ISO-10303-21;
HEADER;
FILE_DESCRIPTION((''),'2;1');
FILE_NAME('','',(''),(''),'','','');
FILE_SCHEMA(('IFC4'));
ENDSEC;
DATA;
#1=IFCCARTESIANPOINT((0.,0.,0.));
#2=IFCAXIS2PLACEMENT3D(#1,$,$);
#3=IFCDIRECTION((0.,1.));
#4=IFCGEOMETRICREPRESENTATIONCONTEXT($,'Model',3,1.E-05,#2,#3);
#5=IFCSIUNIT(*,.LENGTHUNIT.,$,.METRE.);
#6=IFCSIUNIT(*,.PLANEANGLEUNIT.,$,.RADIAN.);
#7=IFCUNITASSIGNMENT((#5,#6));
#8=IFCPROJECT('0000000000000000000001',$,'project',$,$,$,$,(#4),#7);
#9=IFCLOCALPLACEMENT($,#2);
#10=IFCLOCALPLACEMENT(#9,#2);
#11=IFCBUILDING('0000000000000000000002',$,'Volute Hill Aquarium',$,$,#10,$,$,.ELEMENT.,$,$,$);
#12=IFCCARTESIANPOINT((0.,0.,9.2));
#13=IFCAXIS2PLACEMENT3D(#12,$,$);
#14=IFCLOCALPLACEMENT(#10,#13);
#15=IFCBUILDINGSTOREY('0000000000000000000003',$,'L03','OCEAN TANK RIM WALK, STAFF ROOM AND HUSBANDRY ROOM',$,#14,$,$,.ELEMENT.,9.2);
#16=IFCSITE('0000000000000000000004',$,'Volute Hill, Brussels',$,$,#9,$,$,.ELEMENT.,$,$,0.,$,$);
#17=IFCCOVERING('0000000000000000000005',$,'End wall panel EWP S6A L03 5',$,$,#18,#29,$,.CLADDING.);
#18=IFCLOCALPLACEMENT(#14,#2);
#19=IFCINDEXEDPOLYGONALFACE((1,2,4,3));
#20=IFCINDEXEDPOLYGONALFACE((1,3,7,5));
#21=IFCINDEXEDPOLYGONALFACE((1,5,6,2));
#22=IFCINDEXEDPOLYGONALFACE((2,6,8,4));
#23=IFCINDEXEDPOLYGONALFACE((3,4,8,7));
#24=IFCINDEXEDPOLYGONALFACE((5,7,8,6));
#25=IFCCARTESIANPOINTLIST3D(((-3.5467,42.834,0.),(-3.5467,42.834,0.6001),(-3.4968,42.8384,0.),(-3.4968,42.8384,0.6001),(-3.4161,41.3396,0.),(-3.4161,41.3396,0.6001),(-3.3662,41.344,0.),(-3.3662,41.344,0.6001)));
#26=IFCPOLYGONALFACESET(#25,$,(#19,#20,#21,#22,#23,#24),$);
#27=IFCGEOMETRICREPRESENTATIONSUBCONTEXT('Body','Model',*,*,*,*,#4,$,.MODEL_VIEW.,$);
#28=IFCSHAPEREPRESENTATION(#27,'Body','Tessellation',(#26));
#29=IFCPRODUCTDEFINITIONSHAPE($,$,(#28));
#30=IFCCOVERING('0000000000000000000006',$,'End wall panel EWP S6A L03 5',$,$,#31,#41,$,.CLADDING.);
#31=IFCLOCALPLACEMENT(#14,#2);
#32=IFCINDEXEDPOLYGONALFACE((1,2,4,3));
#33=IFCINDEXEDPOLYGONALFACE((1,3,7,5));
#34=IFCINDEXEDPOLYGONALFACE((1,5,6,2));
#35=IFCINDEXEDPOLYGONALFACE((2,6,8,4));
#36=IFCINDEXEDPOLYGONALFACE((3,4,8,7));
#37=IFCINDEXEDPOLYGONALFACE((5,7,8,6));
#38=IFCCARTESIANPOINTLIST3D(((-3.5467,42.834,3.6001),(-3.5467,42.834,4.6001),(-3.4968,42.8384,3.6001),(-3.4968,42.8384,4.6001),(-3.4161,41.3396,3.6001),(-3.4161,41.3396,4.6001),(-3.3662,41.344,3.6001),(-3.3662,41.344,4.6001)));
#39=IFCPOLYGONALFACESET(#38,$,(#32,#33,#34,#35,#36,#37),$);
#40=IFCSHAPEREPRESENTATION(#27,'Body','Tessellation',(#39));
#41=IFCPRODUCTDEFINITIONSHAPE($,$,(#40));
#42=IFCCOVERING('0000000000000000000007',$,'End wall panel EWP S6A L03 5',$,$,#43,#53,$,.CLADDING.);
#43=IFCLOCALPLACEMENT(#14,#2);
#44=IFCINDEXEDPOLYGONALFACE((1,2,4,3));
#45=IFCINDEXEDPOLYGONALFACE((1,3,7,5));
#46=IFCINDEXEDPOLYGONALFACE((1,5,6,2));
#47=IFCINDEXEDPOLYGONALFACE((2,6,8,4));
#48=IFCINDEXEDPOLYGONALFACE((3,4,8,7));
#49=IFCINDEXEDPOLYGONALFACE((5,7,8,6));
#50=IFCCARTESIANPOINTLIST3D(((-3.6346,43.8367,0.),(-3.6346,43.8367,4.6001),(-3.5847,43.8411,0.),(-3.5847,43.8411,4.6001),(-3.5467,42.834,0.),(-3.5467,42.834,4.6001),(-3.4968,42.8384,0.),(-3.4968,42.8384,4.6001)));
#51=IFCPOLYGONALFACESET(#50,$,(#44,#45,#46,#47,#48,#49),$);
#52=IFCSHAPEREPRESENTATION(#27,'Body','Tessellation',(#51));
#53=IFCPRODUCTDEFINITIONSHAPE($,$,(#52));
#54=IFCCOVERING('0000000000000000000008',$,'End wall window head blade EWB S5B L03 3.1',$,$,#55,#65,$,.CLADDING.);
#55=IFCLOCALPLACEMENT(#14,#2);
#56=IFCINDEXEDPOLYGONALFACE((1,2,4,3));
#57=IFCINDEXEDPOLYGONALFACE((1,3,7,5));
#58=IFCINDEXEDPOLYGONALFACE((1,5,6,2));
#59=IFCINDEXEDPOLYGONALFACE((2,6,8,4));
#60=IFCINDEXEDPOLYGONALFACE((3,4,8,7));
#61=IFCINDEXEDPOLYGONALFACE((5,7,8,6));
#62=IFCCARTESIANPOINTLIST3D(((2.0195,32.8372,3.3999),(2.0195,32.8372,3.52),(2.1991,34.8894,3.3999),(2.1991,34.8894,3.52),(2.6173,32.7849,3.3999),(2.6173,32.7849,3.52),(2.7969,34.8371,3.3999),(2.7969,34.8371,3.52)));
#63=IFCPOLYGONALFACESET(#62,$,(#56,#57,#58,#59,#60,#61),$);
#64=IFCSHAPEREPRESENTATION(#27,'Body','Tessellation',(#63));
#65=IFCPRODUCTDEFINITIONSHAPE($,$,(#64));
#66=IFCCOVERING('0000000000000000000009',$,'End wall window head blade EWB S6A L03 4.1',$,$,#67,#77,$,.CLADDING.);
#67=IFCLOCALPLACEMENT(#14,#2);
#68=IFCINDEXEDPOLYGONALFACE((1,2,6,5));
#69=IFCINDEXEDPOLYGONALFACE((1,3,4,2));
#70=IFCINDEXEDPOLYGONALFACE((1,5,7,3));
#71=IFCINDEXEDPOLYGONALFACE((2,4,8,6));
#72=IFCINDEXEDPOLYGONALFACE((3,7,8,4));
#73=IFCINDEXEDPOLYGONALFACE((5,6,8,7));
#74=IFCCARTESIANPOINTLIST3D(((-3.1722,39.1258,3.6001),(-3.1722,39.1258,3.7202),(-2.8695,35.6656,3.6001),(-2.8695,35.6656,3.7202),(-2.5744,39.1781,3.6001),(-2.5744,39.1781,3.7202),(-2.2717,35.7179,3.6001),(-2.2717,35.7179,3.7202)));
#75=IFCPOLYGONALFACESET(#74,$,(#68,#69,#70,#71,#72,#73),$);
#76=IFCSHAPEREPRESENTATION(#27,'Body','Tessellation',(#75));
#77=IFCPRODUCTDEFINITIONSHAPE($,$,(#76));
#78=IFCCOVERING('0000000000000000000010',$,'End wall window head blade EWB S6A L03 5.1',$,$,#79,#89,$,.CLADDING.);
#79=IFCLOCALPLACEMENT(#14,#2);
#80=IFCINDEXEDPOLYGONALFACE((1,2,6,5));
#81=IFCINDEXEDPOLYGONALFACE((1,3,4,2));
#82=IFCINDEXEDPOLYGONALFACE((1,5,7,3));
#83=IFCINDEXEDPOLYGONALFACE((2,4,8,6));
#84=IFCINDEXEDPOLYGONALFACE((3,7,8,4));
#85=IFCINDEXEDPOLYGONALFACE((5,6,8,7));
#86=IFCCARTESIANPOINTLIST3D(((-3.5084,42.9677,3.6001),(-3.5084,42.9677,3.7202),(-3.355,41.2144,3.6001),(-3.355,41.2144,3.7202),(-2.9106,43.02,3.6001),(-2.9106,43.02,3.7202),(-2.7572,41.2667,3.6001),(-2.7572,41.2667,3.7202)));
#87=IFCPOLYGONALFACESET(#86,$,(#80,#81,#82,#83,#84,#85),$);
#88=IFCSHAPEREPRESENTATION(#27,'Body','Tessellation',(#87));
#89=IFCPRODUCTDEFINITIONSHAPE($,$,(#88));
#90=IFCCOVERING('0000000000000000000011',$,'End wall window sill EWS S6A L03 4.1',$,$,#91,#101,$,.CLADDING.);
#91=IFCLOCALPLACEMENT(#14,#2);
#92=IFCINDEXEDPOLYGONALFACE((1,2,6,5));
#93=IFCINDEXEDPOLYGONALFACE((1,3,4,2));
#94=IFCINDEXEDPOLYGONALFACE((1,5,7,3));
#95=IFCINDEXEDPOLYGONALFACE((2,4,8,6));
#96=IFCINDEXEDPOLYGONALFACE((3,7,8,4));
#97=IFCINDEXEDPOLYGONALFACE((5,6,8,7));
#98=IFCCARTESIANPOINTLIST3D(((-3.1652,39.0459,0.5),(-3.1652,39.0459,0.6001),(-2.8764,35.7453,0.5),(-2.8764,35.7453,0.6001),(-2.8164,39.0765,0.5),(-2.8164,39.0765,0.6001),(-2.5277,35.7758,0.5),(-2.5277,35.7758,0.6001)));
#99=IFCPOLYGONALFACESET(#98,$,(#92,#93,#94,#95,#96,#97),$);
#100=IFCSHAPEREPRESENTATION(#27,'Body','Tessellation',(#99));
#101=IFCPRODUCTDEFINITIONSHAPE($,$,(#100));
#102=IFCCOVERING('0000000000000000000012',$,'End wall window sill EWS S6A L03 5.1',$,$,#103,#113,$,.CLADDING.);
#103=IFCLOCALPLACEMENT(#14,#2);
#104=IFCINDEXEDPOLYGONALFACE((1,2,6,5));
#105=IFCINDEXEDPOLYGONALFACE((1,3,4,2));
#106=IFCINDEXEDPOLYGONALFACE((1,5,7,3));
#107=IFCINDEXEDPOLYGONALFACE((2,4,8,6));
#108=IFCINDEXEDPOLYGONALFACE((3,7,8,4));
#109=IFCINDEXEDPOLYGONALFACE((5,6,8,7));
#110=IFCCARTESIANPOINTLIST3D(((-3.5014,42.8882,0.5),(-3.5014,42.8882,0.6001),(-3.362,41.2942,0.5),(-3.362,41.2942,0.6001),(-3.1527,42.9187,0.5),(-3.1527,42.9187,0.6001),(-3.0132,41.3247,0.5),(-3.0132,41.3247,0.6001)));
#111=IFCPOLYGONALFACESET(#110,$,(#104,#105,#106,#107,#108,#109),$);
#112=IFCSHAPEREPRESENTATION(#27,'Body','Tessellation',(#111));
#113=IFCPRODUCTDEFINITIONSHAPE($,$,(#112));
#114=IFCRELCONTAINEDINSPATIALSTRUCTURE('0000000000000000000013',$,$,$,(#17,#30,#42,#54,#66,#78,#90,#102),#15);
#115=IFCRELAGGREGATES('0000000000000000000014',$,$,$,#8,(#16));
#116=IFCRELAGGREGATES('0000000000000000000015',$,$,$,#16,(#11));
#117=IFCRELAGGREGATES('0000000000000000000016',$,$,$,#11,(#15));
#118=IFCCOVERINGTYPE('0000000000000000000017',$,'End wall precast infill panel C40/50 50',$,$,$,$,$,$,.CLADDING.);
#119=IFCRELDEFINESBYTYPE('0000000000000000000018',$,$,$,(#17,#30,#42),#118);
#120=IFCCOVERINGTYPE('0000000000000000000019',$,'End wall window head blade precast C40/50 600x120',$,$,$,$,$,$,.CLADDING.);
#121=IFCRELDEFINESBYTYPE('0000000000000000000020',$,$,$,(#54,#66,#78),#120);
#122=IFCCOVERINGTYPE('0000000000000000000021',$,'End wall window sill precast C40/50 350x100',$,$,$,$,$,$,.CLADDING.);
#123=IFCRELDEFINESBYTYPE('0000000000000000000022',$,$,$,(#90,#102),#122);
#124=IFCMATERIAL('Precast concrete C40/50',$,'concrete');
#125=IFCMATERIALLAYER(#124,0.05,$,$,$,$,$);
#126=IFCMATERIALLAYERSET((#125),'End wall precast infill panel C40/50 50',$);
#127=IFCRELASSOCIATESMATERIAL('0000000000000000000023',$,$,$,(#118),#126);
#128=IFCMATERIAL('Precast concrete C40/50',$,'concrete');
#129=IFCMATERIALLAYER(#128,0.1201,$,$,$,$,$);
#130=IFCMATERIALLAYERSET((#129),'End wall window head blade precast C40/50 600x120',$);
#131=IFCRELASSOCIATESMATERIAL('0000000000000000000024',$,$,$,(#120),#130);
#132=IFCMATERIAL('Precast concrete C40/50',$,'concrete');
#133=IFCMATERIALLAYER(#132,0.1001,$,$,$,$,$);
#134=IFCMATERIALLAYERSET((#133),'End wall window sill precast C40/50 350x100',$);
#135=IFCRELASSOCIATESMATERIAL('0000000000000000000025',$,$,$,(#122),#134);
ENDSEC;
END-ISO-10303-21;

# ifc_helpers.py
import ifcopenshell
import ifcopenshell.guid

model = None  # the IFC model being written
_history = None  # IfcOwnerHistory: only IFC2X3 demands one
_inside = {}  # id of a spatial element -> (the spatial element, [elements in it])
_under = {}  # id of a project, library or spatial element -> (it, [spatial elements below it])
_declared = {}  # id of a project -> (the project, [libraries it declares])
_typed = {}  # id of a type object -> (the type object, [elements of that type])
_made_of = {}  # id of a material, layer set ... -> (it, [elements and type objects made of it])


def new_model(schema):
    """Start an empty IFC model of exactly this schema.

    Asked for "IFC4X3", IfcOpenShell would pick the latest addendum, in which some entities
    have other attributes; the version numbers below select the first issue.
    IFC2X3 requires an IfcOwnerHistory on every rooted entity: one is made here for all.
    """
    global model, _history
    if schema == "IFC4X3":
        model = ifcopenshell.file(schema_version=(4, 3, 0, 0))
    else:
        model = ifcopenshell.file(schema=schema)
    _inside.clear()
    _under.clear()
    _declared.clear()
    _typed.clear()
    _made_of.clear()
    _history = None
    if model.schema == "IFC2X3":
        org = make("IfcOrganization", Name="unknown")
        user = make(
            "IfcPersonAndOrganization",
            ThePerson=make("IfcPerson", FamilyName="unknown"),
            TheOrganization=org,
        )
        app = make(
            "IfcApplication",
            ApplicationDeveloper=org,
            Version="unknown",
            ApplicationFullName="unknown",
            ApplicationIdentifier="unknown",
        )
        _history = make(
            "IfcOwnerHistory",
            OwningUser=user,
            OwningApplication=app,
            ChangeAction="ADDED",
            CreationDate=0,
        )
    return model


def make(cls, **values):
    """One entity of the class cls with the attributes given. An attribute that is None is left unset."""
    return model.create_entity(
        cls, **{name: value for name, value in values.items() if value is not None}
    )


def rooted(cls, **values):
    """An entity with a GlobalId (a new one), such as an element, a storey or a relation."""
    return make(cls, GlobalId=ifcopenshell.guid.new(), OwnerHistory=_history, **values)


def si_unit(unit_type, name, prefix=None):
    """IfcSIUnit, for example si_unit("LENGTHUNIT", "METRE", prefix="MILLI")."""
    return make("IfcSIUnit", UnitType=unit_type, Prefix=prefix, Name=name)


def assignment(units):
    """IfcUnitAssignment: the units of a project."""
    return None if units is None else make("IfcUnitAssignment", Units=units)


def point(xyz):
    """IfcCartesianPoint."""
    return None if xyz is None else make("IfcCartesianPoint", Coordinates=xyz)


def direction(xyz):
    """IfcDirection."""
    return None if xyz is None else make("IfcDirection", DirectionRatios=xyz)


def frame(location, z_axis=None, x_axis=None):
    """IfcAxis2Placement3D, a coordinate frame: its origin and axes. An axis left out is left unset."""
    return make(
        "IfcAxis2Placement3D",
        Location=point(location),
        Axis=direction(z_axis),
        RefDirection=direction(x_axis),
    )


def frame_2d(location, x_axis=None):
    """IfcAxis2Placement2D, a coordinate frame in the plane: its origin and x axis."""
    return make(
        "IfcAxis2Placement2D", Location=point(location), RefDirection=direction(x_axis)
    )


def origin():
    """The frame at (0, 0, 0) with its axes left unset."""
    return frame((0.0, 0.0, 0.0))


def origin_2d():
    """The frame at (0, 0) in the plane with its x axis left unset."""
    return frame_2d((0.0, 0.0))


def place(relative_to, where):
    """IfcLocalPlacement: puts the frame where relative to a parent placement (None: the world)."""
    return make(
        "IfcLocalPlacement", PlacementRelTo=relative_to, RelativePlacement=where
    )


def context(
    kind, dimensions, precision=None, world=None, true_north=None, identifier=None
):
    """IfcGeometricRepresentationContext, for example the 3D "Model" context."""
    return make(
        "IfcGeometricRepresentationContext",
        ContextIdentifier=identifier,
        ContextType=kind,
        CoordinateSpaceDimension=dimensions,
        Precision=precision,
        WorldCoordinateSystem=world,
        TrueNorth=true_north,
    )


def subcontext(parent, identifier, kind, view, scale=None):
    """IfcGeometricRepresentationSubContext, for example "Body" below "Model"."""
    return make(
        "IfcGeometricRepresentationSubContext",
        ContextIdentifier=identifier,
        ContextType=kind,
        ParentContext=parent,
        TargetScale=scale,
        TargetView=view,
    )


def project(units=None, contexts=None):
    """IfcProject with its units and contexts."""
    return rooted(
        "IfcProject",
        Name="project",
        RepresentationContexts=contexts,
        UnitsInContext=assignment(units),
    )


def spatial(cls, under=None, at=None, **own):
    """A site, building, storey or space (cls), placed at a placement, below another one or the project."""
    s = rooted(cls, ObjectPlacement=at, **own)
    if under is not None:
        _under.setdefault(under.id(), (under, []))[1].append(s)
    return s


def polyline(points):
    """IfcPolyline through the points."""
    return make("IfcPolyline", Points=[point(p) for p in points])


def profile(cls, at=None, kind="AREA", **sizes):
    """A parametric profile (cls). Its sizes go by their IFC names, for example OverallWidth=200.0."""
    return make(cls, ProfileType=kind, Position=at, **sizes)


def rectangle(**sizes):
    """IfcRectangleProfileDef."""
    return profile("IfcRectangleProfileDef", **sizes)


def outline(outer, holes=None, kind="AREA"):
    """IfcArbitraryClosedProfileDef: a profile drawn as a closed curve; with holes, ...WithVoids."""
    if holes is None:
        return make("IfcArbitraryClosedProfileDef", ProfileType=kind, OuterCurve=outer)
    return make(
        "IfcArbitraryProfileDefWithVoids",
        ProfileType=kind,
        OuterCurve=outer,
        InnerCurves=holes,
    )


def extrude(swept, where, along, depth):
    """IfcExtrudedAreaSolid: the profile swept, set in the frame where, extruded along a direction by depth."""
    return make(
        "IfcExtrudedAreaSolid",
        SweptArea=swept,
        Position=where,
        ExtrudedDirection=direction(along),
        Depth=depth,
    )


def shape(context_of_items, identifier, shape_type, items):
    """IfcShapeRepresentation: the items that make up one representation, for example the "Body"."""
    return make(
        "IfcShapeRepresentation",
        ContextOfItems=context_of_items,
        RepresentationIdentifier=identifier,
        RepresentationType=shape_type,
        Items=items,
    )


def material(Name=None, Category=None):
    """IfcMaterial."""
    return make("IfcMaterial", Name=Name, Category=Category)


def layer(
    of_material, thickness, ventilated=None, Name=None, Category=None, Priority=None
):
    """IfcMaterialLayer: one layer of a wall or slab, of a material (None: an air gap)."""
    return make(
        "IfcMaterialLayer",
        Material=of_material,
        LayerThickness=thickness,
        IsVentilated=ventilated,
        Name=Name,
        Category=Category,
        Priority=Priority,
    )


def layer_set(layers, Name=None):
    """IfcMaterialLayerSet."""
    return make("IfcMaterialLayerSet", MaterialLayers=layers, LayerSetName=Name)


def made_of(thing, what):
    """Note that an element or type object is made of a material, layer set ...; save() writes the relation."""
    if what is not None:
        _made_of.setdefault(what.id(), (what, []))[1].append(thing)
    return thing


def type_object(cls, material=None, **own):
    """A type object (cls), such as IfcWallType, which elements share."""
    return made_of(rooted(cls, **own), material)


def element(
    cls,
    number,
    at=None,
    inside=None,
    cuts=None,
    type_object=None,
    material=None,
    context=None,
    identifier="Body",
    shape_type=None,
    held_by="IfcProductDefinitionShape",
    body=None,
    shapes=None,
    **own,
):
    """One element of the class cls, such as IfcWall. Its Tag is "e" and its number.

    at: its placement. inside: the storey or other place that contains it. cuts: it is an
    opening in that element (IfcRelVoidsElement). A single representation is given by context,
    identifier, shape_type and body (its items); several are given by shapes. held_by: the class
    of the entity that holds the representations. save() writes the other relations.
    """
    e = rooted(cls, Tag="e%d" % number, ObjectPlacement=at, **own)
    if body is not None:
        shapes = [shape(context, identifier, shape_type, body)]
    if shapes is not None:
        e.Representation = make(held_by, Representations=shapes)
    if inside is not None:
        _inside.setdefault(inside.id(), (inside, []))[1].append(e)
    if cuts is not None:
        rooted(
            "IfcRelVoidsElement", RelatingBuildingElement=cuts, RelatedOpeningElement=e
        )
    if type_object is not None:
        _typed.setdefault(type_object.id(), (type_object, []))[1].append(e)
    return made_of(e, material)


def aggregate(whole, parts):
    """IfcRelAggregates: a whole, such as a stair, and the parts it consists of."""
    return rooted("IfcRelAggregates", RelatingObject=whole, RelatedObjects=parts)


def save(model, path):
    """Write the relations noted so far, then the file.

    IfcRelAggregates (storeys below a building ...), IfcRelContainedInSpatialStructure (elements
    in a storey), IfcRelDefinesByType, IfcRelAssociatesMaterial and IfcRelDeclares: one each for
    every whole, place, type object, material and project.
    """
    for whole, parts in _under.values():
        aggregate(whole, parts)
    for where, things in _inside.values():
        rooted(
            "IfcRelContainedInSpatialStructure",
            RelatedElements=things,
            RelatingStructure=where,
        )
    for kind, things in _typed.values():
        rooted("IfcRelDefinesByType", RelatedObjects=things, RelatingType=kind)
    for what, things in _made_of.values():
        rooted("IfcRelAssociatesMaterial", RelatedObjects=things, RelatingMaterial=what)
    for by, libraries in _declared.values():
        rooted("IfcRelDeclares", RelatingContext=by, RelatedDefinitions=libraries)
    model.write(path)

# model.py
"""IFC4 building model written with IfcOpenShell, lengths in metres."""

from ifc_helpers import new_model, si_unit, direction, frame, origin, origin_2d, place, context, subcontext, project, spatial, polyline, rectangle, outline, extrude, material, layer, layer_set, type_object, element, save


model = new_model("IFC4")

# Units and contexts
model_context = context("Model", 3, precision=1e-05, world=origin(), true_north=direction((0.0, 1.0)))
body_context = subcontext(model_context, "Body", "Model", "MODEL_VIEW")
ifc_project = project(units=[si_unit("LENGTHUNIT", "METRE"), si_unit("PLANEANGLEUNIT", "RADIAN")], contexts=[model_context])

# Site, building, storey
site_placement = place(None, origin())
site = spatial("IfcSite", under=ifc_project, at=site_placement, Name="Volute Hill, Brussels", CompositionType="ELEMENT", RefElevation=0.0)
building_placement = place(site_placement, origin())
building = spatial("IfcBuilding", under=site, at=building_placement, Name="Volute Hill Aquarium", CompositionType="ELEMENT")
storey_placement = place(building_placement, frame((0.0, 0.0, 9.2)))
storey = spatial("IfcBuildingStorey", under=building, at=storey_placement, Name="L03", Description="OCEAN TANK RIM WALK, STAFF ROOM AND HUSBANDRY ROOM", CompositionType="ELEMENT", Elevation=9.2)

# Coverings
ifc_material_1 = material(Name="Precast concrete C40/50", Category="concrete")
ifc_layer_1 = layer(ifc_material_1, 0.05)
ifc_layer_set_1 = layer_set([ifc_layer_1], Name="End wall precast infill panel C40/50 50")
covering_type_1 = type_object("IfcCoveringType", Name="End wall precast infill panel C40/50 50", PredefinedType="CLADDING", material=ifc_layer_set_1)
covering_1_placement = place(storey_placement, frame((-3.3662, 41.344, 0.0), z_axis=(0.996202, 0.087072, 0.0), x_axis=(-0.087072, 0.996202, 0.0)))
element("IfcCovering", 1, at=covering_1_placement, inside=storey, type_object=covering_type_1, Name="End wall panel EWP S6A L03 5", PredefinedType="CLADDING", context=body_context, shape_type="SweptSolid", body=[
    extrude(outline(polyline([(0.0, 0.0), (1.5001, 0.0), (1.5001, 0.6001), (0.0, 0.6001), (0.0, 0.0)])), origin(), (0.0, 0.0, -1.0), 0.05),
])
covering_2_placement = place(storey_placement, frame((-3.3662, 41.344, 3.6001), z_axis=(0.996202, 0.087072, 0.0), x_axis=(-0.087072, 0.996202, 0.0)))
element("IfcCovering", 2, at=covering_2_placement, inside=storey, type_object=covering_type_1, Name="End wall panel EWP S6A L03 5", PredefinedType="CLADDING", context=body_context, shape_type="SweptSolid", body=[
    extrude(outline(polyline([(0.0, 0.0), (1.5001, 0.0), (1.5001, 1.0), (0.0, 1.0), (0.0, 0.0)])), origin(), (0.0, 0.0, -1.0), 0.05),
])
covering_3_placement = place(storey_placement, frame((-3.4968, 42.8384, 0.0), z_axis=(0.99618, 0.08732, 0.0), x_axis=(-0.08732, 0.99618, 0.0)))
element("IfcCovering", 3, at=covering_3_placement, inside=storey, type_object=covering_type_1, Name="End wall panel EWP S6A L03 5", PredefinedType="CLADDING", context=body_context, shape_type="SweptSolid", body=[
    extrude(outline(polyline([(0.0, 0.0), (1.0065, 0.0), (1.0065, 4.6001), (0.0, 4.6001), (0.0, 0.0)])), origin(), (0.0, 0.0, -1.0), 0.05),
])
ifc_material_2 = material(Name="Precast concrete C40/50", Category="concrete")
ifc_layer_2 = layer(ifc_material_2, 0.1201)
ifc_layer_set_2 = layer_set([ifc_layer_2], Name="End wall window head blade precast C40/50 600x120")
covering_type_2 = type_object("IfcCoveringType", Name="End wall window head blade precast C40/50 600x120", PredefinedType="CLADDING", material=ifc_layer_set_2)
covering_4_placement = place(storey_placement, frame((2.4082, 33.8372, 3.3999), z_axis=(0.0, 0.0, 1.0), x_axis=(0.087154, 0.996195, 0.0)))
element("IfcCovering", 4, at=covering_4_placement, inside=storey, type_object=covering_type_2, Name="End wall window head blade EWB S5B L03 3.1", PredefinedType="CLADDING", context=body_context, shape_type="SweptSolid", body=[
    extrude(rectangle(XDim=2.0601, YDim=0.6001, at=origin_2d()), origin(), (0.0, 0.0, 1.0), 0.1201),
])
covering_5_placement = place(storey_placement, frame((-2.7219, 37.4219, 3.6001), z_axis=(0.0, 0.0, 1.0), x_axis=(-0.087155, 0.996195, 0.0)))
element("IfcCovering", 5, at=covering_5_placement, inside=storey, type_object=covering_type_2, Name="End wall window head blade EWB S6A L03 4.1", PredefinedType="CLADDING", context=body_context, shape_type="SweptSolid", body=[
    extrude(rectangle(XDim=3.4734, YDim=0.6001, at=origin_2d()), origin(), (0.0, 0.0, 1.0), 0.1201),
])
covering_6_placement = place(storey_placement, frame((-3.1328, 42.1172, 3.6001), z_axis=(0.0, 0.0, 1.0), x_axis=(-0.087155, 0.996195, 0.0)))
element("IfcCovering", 6, at=covering_6_placement, inside=storey, type_object=covering_type_2, Name="End wall window head blade EWB S6A L03 5.1", PredefinedType="CLADDING", context=body_context, shape_type="SweptSolid", body=[
    extrude(rectangle(XDim=1.76, YDim=0.6001, at=origin_2d()), origin(), (0.0, 0.0, 1.0), 0.1201),
])
ifc_material_3 = material(Name="Precast concrete C40/50", Category="concrete")
ifc_layer_3 = layer(ifc_material_3, 0.1001)
ifc_layer_set_3 = layer_set([ifc_layer_3], Name="End wall window sill precast C40/50 350x100")
covering_type_3 = type_object("IfcCoveringType", Name="End wall window sill precast C40/50 350x100", PredefinedType="CLADDING", material=ifc_layer_set_3)
covering_7_placement = place(storey_placement, frame((-2.8464, 37.4109, 0.5), z_axis=(0.0, 0.0, 1.0), x_axis=(-0.087155, 0.996195, 0.0)))
element("IfcCovering", 7, at=covering_7_placement, inside=storey, type_object=covering_type_3, Name="End wall window sill EWS S6A L03 4.1", PredefinedType="CLADDING", context=body_context, shape_type="SweptSolid", body=[
    extrude(rectangle(XDim=3.3132, YDim=0.3501, at=origin_2d()), origin(), (0.0, 0.0, 1.0), 0.1001),
])
covering_8_placement = place(storey_placement, frame((-3.2573, 42.1064, 0.5), z_axis=(0.0, 0.0, 1.0), x_axis=(-0.087155, 0.996195, 0.0)))
element("IfcCovering", 8, at=covering_8_placement, inside=storey, type_object=covering_type_3, Name="End wall window sill EWS S6A L03 5.1", PredefinedType="CLADDING", context=body_context, shape_type="SweptSolid", body=[
    extrude(rectangle(XDim=1.6001, YDim=0.3501, at=origin_2d()), origin(), (0.0, 0.0, 1.0), 0.1001),
])

save(model, "model.ifc")
